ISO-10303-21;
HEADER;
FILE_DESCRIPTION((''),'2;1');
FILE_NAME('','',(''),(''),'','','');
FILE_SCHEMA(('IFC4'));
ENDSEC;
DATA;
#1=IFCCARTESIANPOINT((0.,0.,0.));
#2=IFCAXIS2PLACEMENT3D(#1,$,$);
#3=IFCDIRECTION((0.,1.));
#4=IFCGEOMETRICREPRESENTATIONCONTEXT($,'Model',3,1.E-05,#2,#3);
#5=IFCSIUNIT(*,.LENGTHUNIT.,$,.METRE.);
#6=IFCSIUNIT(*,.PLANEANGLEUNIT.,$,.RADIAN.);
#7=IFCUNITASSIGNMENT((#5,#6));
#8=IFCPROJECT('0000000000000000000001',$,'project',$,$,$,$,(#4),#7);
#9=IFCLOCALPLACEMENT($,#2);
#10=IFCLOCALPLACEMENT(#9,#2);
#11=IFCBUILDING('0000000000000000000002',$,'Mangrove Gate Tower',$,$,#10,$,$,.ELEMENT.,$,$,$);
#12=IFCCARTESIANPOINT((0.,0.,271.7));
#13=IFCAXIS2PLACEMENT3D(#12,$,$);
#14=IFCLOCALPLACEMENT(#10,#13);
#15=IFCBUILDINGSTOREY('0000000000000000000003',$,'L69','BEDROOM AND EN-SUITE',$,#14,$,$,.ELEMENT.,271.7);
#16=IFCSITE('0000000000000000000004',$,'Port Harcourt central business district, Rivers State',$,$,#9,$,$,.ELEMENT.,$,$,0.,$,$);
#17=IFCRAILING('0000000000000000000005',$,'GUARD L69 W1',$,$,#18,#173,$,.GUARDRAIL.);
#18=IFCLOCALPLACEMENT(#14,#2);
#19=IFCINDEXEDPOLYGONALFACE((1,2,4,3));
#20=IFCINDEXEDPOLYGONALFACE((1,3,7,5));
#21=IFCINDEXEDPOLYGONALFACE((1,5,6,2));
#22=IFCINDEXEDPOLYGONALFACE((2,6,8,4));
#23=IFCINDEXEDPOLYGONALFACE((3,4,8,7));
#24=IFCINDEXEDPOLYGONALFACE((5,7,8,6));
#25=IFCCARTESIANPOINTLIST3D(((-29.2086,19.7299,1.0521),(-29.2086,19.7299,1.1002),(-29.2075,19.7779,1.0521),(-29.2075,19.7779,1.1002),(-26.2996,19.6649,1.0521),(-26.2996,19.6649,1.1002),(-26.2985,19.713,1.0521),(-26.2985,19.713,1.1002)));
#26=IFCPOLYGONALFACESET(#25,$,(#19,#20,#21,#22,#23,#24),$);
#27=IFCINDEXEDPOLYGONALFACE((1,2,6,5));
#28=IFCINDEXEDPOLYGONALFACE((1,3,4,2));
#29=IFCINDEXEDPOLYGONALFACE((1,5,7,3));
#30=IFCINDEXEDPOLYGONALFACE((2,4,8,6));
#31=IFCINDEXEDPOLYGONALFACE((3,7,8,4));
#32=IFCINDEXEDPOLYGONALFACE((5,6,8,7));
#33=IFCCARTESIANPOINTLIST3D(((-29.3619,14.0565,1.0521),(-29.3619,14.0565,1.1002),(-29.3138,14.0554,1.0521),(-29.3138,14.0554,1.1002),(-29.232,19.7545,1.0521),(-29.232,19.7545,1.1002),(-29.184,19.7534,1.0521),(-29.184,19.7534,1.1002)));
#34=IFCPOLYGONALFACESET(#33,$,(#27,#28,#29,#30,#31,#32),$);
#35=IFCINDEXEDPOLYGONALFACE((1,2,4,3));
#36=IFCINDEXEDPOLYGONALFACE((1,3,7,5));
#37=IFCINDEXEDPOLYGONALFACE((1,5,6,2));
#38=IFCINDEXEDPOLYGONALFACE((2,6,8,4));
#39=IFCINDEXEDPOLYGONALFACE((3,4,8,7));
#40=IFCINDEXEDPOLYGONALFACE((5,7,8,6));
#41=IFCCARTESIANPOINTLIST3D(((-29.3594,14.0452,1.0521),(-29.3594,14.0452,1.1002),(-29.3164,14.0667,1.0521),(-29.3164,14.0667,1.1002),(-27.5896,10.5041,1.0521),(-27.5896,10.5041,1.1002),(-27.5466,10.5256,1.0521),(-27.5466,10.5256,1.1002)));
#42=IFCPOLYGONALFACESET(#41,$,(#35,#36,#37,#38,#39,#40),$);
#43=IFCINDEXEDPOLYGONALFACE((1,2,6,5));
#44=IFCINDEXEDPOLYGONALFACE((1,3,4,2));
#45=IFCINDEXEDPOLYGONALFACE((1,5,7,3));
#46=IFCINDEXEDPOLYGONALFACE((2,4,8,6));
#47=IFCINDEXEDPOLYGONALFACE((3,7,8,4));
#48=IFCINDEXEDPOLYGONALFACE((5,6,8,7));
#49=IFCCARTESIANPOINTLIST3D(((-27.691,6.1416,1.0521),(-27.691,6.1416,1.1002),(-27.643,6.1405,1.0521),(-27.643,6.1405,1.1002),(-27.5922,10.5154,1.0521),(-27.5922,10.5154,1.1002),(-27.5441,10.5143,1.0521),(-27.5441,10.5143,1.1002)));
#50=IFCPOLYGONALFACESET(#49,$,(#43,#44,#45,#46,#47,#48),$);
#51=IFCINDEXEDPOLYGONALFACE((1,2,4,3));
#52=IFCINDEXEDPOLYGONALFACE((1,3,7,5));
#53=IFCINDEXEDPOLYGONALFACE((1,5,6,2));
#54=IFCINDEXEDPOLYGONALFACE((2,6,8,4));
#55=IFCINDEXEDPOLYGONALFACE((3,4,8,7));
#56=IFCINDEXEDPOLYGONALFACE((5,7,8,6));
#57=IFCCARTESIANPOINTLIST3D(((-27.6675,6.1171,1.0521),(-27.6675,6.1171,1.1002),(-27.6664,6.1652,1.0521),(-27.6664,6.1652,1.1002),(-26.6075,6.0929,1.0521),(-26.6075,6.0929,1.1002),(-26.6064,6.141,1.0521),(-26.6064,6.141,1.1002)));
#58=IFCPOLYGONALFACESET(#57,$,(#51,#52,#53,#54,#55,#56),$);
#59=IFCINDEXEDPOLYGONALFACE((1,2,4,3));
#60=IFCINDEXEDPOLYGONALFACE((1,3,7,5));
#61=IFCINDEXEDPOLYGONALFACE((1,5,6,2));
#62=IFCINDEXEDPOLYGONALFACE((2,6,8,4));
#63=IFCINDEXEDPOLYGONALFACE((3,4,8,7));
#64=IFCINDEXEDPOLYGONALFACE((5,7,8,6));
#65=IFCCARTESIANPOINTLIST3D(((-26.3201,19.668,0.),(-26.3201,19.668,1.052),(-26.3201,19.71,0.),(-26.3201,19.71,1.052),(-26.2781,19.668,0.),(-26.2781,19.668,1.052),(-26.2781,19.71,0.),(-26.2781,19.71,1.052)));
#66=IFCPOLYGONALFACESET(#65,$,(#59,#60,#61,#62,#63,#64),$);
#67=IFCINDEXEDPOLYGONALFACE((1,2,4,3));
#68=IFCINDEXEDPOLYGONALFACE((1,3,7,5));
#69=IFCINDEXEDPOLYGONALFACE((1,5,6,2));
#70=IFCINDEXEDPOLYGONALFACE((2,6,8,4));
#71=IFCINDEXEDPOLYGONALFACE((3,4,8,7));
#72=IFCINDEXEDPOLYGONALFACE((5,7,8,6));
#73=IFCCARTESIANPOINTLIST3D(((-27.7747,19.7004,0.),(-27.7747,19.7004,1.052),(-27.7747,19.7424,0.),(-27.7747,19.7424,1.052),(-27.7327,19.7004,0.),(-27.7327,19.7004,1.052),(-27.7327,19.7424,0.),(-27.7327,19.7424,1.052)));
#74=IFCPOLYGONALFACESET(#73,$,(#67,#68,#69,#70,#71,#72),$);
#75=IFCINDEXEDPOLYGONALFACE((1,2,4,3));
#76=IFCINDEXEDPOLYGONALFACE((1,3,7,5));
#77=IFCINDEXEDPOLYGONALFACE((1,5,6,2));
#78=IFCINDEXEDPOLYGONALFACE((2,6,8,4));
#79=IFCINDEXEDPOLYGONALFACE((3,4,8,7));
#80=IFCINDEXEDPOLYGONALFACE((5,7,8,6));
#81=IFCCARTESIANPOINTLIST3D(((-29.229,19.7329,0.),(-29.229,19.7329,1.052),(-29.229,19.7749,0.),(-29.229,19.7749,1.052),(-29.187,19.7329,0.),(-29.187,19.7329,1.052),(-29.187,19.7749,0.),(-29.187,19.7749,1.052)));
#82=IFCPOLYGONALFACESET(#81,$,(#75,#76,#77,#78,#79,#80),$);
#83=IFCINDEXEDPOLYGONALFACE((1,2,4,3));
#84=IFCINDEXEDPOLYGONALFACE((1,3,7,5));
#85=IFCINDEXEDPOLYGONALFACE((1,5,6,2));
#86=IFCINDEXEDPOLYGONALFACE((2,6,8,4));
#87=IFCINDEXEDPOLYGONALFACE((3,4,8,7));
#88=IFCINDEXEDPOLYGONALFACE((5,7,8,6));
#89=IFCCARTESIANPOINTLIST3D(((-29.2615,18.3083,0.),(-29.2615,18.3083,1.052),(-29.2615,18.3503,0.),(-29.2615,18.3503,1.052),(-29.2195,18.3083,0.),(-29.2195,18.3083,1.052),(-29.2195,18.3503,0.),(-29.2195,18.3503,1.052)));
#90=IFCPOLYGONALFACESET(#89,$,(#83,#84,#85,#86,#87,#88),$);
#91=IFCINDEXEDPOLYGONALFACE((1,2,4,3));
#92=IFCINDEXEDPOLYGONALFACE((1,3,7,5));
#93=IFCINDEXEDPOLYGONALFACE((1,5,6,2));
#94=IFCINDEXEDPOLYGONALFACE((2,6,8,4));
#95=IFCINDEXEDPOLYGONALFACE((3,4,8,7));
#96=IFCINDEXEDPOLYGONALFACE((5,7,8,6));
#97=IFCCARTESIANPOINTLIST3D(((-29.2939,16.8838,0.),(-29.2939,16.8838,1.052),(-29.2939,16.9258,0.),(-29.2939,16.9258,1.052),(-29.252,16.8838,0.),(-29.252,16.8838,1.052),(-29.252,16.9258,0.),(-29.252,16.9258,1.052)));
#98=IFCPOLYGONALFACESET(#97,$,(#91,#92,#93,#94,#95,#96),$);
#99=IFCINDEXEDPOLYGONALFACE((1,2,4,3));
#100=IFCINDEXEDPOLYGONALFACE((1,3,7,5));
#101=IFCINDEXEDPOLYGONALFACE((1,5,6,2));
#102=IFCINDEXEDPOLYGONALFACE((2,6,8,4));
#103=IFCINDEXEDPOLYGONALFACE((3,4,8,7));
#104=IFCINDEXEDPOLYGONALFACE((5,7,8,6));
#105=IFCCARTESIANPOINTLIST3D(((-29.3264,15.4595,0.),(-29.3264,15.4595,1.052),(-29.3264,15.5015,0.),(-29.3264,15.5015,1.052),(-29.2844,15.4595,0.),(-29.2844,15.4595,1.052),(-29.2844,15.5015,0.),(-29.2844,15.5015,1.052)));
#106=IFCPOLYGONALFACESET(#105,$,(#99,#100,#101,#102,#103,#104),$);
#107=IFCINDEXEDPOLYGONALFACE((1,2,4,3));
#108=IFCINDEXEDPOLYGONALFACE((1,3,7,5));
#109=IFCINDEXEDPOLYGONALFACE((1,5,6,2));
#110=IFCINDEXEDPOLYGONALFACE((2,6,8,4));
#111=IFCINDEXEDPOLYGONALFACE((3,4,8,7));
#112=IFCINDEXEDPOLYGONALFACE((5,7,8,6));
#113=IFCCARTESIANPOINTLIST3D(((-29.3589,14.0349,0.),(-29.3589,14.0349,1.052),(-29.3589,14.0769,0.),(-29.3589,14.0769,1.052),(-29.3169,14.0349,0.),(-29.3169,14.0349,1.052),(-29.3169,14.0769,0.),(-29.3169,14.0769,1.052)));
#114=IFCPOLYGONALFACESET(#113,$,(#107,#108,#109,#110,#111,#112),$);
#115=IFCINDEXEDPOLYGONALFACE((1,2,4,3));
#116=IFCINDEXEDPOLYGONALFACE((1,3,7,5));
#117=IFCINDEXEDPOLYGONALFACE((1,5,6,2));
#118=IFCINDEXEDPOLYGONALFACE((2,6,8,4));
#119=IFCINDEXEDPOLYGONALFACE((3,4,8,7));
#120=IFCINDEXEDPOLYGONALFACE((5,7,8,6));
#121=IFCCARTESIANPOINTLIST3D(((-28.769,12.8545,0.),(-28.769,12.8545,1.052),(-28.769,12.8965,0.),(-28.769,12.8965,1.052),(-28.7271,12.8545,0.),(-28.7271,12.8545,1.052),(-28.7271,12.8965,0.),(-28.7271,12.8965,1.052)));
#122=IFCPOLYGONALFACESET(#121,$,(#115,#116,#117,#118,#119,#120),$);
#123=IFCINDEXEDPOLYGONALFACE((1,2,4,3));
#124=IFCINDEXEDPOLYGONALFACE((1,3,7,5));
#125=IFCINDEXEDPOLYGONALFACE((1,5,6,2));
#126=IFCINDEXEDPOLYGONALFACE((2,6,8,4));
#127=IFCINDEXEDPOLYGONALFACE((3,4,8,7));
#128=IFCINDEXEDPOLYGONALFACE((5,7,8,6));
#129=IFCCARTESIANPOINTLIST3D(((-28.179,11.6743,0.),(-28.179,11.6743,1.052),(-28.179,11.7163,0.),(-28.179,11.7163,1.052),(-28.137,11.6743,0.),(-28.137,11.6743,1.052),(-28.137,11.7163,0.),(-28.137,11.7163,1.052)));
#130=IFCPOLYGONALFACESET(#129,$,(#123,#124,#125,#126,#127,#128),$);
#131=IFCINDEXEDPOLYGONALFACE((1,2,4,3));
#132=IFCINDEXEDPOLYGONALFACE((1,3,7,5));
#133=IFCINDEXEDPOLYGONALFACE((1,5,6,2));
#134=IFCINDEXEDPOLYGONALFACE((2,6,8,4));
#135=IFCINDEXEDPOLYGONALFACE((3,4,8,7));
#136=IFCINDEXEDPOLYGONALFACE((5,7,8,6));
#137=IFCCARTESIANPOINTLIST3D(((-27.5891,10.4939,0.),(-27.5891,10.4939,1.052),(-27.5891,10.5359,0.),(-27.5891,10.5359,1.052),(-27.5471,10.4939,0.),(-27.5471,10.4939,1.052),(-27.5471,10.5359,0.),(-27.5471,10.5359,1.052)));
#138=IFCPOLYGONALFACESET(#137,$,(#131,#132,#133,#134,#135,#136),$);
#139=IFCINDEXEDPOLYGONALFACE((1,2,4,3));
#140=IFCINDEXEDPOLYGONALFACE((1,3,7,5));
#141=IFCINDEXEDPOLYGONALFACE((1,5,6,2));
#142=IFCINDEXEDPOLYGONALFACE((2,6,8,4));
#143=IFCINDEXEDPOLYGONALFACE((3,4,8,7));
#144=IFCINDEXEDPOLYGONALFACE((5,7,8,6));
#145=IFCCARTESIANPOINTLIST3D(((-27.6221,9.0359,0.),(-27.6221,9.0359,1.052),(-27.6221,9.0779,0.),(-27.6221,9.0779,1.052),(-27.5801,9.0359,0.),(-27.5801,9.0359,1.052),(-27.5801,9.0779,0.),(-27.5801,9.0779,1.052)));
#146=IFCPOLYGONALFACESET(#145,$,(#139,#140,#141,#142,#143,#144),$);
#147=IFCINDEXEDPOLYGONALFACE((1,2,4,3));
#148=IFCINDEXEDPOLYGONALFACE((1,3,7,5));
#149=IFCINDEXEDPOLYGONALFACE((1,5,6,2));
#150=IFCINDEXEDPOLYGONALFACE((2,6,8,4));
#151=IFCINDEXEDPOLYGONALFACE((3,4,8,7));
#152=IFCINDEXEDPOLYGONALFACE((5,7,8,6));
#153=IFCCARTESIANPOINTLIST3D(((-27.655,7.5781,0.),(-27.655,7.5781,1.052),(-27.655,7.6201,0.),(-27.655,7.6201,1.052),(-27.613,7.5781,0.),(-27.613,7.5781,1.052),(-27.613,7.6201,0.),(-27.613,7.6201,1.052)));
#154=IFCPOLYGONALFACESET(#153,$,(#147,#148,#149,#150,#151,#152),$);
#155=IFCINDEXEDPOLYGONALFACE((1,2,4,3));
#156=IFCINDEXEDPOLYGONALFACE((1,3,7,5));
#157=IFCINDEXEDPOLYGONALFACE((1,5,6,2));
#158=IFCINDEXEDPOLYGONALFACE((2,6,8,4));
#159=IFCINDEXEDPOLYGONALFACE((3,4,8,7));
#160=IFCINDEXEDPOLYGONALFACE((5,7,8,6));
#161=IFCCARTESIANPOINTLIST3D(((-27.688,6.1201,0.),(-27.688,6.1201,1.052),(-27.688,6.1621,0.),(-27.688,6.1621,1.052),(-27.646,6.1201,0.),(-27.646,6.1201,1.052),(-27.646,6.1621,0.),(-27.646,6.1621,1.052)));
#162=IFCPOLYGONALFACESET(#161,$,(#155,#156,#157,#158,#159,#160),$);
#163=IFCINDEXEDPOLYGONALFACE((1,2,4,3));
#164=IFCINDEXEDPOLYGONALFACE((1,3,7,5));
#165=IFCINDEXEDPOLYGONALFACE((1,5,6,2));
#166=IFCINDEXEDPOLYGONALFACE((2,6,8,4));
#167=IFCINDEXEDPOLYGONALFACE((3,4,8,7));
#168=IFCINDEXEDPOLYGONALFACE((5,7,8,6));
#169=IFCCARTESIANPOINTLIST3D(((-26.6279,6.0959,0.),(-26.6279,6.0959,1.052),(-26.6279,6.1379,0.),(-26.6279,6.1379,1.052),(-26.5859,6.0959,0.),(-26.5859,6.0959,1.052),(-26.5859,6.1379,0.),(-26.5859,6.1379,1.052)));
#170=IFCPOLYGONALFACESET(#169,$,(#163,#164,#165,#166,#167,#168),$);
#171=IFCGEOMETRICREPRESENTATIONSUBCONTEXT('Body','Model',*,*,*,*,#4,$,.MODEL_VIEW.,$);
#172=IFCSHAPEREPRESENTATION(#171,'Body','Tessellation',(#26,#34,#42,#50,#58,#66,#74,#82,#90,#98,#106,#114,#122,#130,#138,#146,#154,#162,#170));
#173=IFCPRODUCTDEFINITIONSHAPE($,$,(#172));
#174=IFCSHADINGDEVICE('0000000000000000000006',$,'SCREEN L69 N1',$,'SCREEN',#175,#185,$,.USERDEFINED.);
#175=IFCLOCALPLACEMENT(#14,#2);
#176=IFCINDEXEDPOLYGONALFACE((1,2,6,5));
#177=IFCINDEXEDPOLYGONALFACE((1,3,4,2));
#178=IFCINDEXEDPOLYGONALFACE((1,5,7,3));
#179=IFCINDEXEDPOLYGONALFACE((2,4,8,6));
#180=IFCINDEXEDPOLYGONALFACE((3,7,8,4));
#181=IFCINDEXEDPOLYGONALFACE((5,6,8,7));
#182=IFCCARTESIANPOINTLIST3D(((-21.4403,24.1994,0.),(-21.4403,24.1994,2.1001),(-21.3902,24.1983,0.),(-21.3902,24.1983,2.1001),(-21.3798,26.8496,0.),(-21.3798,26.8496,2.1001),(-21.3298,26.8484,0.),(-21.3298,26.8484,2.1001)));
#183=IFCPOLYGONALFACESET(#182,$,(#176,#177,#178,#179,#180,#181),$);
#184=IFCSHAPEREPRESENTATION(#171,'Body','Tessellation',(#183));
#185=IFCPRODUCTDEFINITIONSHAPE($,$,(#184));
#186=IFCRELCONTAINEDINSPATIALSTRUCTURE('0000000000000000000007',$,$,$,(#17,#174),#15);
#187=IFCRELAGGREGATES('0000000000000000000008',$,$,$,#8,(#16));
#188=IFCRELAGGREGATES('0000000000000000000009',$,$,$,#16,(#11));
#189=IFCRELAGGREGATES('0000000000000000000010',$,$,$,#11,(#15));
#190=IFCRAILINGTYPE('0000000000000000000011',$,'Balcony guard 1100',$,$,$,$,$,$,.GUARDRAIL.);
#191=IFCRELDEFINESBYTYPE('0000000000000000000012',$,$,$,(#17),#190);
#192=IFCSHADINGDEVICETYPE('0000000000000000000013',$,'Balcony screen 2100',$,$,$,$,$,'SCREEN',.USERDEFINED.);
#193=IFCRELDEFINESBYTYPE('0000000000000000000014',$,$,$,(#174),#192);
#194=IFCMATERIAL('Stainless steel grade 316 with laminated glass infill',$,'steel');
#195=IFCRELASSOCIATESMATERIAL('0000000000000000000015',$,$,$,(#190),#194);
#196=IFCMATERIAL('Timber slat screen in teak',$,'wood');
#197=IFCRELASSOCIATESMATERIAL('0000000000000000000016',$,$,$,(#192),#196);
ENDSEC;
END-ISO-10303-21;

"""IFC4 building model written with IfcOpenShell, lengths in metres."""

from ifc_helpers import new_model, si_unit, direction, frame, origin, origin_2d, place, context, subcontext, project, spatial, rectangle, extrude, material, type_object, element, save


model = new_model("IFC4")

# Units and contexts
model_context = context("Model", 3, precision=1e-05, world=origin(), true_north=direction((0.0, 1.0)))
body_context = subcontext(model_context, "Body", "Model", "MODEL_VIEW")
ifc_project = project(units=[si_unit("LENGTHUNIT", "METRE"), si_unit("PLANEANGLEUNIT", "RADIAN")], contexts=[model_context])

# Site, building, storey
site_placement = place(None, origin())
site = spatial("IfcSite", under=ifc_project, at=site_placement, Name="Port Harcourt central business district, Rivers State", CompositionType="ELEMENT", RefElevation=0.0)
building_placement = place(site_placement, origin())
building = spatial("IfcBuilding", under=site, at=building_placement, Name="Mangrove Gate Tower", CompositionType="ELEMENT")
storey_placement = place(building_placement, frame((0.0, 0.0, 271.7)))
storey = spatial("IfcBuildingStorey", under=building, at=storey_placement, Name="L69", Description="BEDROOM AND EN-SUITE", CompositionType="ELEMENT", Elevation=271.7)

# Railing
ifc_material_1 = material(Name="Stainless steel grade 316 with laminated glass infill", Category="steel")
railing_type = type_object("IfcRailingType", Name="Balcony guard 1100", PredefinedType="GUARDRAIL", material=ifc_material_1)
railing_placement = place(storey_placement, frame((-26.2991, 19.689, 0.0)))
element("IfcRailing", 1, at=railing_placement, inside=storey, type_object=railing_type, Name="GUARD L69 W1", PredefinedType="GUARDRAIL", context=body_context, shape_type="SweptSolid", body=[
    extrude(rectangle(XDim=0.0481, YDim=0.0481, at=origin_2d()), frame((0.0, 0.0, 1.0762), z_axis=(-0.999751, 0.022319, 0.0), x_axis=(-0.022319, -0.999751, 0.0)), (0.0, 0.0, 1.0), 2.9097),
    extrude(rectangle(XDim=0.0481, YDim=0.0481, at=origin_2d()), frame((-2.9089, 0.0649, 1.0762), z_axis=(-0.022789, -0.99974, 0.0), x_axis=(0.99974, -0.022789, 0.0)), (0.0, 0.0, 1.0), 5.6995),
    extrude(rectangle(XDim=0.0481, YDim=0.0481, at=origin_2d()), frame((-3.0388, -5.6331, 1.0762), z_axis=(0.447066, -0.894501, 0.0), x_axis=(0.894501, 0.447066, 0.0)), (0.0, 0.0, 1.0), 3.9587),
    extrude(rectangle(XDim=0.0481, YDim=0.0481, at=origin_2d()), frame((-1.269, -9.1741, 1.0762), z_axis=(-0.022601, -0.999745, 0.0), x_axis=(0.999745, -0.022601, 0.0)), (0.0, 0.0, 1.0), 4.375),
    extrude(rectangle(XDim=0.0481, YDim=0.0481, at=origin_2d()), frame((-1.3679, -13.5479, 1.0762), z_axis=(0.99974, -0.022795, 0.0), x_axis=(0.022795, 0.99974, 0.0)), (0.0, 0.0, 1.0), 1.0603),
    extrude(rectangle(XDim=0.042, YDim=0.042, at=origin_2d()), origin(), (0.0, 0.0, 1.0), 1.052),
    extrude(rectangle(XDim=0.042, YDim=0.042, at=origin_2d()), frame((-1.4546, 0.0325, 0.0)), (0.0, 0.0, 1.0), 1.052),
    extrude(rectangle(XDim=0.042, YDim=0.042, at=origin_2d()), frame((-2.9089, 0.0649, 0.0)), (0.0, 0.0, 1.0), 1.052),
    extrude(rectangle(XDim=0.042, YDim=0.042, at=origin_2d()), frame((-2.9414, -1.3596, 0.0)), (0.0, 0.0, 1.0), 1.052),
    extrude(rectangle(XDim=0.042, YDim=0.042, at=origin_2d()), frame((-2.9739, -2.7842, 0.0)), (0.0, 0.0, 1.0), 1.052),
    extrude(rectangle(XDim=0.042, YDim=0.042, at=origin_2d()), frame((-3.0063, -4.2085, 0.0)), (0.0, 0.0, 1.0), 1.052),
    extrude(rectangle(XDim=0.042, YDim=0.042, at=origin_2d()), frame((-3.0388, -5.6331, 0.0)), (0.0, 0.0, 1.0), 1.052),
    extrude(rectangle(XDim=0.042, YDim=0.042, at=origin_2d()), frame((-2.449, -6.8135, 0.0)), (0.0, 0.0, 1.0), 1.052),
    extrude(rectangle(XDim=0.042, YDim=0.042, at=origin_2d()), frame((-1.8589, -7.9937, 0.0)), (0.0, 0.0, 1.0), 1.052),
    extrude(rectangle(XDim=0.042, YDim=0.042, at=origin_2d()), frame((-1.269, -9.1741, 0.0)), (0.0, 0.0, 1.0), 1.052),
    extrude(rectangle(XDim=0.042, YDim=0.042, at=origin_2d()), frame((-1.302, -10.6321, 0.0)), (0.0, 0.0, 1.0), 1.052),
    extrude(rectangle(XDim=0.042, YDim=0.042, at=origin_2d()), frame((-1.335, -12.0898, 0.0)), (0.0, 0.0, 1.0), 1.052),
    extrude(rectangle(XDim=0.042, YDim=0.042, at=origin_2d()), frame((-1.3679, -13.5479, 0.0)), (0.0, 0.0, 1.0), 1.052),
    extrude(rectangle(XDim=0.042, YDim=0.042, at=origin_2d()), frame((-0.3079, -13.572, 0.0)), (0.0, 0.0, 1.0), 1.052),
])

# Shading device
ifc_material_2 = material(Name="Timber slat screen in teak", Category="wood")
shading_device_type = type_object("IfcShadingDeviceType", Name="Balcony screen 2100", ElementType="SCREEN", PredefinedType="USERDEFINED", material=ifc_material_2)
shading_device_placement = place(storey_placement, frame((-21.385, 25.5239, 0.0), z_axis=(0.0, 0.0, 1.0), x_axis=(0.022809, 0.99974, 0.0)))
element("IfcShadingDevice", 2, at=shading_device_placement, inside=storey, type_object=shading_device_type, Name="SCREEN L69 N1", ObjectType="SCREEN", PredefinedType="USERDEFINED", context=body_context, shape_type="SweptSolid", body=[
    extrude(rectangle(XDim=2.6509, YDim=0.05, at=origin_2d()), origin(), (0.0, 0.0, 1.0), 2.1001),
])

save(model, "model.ifc")
